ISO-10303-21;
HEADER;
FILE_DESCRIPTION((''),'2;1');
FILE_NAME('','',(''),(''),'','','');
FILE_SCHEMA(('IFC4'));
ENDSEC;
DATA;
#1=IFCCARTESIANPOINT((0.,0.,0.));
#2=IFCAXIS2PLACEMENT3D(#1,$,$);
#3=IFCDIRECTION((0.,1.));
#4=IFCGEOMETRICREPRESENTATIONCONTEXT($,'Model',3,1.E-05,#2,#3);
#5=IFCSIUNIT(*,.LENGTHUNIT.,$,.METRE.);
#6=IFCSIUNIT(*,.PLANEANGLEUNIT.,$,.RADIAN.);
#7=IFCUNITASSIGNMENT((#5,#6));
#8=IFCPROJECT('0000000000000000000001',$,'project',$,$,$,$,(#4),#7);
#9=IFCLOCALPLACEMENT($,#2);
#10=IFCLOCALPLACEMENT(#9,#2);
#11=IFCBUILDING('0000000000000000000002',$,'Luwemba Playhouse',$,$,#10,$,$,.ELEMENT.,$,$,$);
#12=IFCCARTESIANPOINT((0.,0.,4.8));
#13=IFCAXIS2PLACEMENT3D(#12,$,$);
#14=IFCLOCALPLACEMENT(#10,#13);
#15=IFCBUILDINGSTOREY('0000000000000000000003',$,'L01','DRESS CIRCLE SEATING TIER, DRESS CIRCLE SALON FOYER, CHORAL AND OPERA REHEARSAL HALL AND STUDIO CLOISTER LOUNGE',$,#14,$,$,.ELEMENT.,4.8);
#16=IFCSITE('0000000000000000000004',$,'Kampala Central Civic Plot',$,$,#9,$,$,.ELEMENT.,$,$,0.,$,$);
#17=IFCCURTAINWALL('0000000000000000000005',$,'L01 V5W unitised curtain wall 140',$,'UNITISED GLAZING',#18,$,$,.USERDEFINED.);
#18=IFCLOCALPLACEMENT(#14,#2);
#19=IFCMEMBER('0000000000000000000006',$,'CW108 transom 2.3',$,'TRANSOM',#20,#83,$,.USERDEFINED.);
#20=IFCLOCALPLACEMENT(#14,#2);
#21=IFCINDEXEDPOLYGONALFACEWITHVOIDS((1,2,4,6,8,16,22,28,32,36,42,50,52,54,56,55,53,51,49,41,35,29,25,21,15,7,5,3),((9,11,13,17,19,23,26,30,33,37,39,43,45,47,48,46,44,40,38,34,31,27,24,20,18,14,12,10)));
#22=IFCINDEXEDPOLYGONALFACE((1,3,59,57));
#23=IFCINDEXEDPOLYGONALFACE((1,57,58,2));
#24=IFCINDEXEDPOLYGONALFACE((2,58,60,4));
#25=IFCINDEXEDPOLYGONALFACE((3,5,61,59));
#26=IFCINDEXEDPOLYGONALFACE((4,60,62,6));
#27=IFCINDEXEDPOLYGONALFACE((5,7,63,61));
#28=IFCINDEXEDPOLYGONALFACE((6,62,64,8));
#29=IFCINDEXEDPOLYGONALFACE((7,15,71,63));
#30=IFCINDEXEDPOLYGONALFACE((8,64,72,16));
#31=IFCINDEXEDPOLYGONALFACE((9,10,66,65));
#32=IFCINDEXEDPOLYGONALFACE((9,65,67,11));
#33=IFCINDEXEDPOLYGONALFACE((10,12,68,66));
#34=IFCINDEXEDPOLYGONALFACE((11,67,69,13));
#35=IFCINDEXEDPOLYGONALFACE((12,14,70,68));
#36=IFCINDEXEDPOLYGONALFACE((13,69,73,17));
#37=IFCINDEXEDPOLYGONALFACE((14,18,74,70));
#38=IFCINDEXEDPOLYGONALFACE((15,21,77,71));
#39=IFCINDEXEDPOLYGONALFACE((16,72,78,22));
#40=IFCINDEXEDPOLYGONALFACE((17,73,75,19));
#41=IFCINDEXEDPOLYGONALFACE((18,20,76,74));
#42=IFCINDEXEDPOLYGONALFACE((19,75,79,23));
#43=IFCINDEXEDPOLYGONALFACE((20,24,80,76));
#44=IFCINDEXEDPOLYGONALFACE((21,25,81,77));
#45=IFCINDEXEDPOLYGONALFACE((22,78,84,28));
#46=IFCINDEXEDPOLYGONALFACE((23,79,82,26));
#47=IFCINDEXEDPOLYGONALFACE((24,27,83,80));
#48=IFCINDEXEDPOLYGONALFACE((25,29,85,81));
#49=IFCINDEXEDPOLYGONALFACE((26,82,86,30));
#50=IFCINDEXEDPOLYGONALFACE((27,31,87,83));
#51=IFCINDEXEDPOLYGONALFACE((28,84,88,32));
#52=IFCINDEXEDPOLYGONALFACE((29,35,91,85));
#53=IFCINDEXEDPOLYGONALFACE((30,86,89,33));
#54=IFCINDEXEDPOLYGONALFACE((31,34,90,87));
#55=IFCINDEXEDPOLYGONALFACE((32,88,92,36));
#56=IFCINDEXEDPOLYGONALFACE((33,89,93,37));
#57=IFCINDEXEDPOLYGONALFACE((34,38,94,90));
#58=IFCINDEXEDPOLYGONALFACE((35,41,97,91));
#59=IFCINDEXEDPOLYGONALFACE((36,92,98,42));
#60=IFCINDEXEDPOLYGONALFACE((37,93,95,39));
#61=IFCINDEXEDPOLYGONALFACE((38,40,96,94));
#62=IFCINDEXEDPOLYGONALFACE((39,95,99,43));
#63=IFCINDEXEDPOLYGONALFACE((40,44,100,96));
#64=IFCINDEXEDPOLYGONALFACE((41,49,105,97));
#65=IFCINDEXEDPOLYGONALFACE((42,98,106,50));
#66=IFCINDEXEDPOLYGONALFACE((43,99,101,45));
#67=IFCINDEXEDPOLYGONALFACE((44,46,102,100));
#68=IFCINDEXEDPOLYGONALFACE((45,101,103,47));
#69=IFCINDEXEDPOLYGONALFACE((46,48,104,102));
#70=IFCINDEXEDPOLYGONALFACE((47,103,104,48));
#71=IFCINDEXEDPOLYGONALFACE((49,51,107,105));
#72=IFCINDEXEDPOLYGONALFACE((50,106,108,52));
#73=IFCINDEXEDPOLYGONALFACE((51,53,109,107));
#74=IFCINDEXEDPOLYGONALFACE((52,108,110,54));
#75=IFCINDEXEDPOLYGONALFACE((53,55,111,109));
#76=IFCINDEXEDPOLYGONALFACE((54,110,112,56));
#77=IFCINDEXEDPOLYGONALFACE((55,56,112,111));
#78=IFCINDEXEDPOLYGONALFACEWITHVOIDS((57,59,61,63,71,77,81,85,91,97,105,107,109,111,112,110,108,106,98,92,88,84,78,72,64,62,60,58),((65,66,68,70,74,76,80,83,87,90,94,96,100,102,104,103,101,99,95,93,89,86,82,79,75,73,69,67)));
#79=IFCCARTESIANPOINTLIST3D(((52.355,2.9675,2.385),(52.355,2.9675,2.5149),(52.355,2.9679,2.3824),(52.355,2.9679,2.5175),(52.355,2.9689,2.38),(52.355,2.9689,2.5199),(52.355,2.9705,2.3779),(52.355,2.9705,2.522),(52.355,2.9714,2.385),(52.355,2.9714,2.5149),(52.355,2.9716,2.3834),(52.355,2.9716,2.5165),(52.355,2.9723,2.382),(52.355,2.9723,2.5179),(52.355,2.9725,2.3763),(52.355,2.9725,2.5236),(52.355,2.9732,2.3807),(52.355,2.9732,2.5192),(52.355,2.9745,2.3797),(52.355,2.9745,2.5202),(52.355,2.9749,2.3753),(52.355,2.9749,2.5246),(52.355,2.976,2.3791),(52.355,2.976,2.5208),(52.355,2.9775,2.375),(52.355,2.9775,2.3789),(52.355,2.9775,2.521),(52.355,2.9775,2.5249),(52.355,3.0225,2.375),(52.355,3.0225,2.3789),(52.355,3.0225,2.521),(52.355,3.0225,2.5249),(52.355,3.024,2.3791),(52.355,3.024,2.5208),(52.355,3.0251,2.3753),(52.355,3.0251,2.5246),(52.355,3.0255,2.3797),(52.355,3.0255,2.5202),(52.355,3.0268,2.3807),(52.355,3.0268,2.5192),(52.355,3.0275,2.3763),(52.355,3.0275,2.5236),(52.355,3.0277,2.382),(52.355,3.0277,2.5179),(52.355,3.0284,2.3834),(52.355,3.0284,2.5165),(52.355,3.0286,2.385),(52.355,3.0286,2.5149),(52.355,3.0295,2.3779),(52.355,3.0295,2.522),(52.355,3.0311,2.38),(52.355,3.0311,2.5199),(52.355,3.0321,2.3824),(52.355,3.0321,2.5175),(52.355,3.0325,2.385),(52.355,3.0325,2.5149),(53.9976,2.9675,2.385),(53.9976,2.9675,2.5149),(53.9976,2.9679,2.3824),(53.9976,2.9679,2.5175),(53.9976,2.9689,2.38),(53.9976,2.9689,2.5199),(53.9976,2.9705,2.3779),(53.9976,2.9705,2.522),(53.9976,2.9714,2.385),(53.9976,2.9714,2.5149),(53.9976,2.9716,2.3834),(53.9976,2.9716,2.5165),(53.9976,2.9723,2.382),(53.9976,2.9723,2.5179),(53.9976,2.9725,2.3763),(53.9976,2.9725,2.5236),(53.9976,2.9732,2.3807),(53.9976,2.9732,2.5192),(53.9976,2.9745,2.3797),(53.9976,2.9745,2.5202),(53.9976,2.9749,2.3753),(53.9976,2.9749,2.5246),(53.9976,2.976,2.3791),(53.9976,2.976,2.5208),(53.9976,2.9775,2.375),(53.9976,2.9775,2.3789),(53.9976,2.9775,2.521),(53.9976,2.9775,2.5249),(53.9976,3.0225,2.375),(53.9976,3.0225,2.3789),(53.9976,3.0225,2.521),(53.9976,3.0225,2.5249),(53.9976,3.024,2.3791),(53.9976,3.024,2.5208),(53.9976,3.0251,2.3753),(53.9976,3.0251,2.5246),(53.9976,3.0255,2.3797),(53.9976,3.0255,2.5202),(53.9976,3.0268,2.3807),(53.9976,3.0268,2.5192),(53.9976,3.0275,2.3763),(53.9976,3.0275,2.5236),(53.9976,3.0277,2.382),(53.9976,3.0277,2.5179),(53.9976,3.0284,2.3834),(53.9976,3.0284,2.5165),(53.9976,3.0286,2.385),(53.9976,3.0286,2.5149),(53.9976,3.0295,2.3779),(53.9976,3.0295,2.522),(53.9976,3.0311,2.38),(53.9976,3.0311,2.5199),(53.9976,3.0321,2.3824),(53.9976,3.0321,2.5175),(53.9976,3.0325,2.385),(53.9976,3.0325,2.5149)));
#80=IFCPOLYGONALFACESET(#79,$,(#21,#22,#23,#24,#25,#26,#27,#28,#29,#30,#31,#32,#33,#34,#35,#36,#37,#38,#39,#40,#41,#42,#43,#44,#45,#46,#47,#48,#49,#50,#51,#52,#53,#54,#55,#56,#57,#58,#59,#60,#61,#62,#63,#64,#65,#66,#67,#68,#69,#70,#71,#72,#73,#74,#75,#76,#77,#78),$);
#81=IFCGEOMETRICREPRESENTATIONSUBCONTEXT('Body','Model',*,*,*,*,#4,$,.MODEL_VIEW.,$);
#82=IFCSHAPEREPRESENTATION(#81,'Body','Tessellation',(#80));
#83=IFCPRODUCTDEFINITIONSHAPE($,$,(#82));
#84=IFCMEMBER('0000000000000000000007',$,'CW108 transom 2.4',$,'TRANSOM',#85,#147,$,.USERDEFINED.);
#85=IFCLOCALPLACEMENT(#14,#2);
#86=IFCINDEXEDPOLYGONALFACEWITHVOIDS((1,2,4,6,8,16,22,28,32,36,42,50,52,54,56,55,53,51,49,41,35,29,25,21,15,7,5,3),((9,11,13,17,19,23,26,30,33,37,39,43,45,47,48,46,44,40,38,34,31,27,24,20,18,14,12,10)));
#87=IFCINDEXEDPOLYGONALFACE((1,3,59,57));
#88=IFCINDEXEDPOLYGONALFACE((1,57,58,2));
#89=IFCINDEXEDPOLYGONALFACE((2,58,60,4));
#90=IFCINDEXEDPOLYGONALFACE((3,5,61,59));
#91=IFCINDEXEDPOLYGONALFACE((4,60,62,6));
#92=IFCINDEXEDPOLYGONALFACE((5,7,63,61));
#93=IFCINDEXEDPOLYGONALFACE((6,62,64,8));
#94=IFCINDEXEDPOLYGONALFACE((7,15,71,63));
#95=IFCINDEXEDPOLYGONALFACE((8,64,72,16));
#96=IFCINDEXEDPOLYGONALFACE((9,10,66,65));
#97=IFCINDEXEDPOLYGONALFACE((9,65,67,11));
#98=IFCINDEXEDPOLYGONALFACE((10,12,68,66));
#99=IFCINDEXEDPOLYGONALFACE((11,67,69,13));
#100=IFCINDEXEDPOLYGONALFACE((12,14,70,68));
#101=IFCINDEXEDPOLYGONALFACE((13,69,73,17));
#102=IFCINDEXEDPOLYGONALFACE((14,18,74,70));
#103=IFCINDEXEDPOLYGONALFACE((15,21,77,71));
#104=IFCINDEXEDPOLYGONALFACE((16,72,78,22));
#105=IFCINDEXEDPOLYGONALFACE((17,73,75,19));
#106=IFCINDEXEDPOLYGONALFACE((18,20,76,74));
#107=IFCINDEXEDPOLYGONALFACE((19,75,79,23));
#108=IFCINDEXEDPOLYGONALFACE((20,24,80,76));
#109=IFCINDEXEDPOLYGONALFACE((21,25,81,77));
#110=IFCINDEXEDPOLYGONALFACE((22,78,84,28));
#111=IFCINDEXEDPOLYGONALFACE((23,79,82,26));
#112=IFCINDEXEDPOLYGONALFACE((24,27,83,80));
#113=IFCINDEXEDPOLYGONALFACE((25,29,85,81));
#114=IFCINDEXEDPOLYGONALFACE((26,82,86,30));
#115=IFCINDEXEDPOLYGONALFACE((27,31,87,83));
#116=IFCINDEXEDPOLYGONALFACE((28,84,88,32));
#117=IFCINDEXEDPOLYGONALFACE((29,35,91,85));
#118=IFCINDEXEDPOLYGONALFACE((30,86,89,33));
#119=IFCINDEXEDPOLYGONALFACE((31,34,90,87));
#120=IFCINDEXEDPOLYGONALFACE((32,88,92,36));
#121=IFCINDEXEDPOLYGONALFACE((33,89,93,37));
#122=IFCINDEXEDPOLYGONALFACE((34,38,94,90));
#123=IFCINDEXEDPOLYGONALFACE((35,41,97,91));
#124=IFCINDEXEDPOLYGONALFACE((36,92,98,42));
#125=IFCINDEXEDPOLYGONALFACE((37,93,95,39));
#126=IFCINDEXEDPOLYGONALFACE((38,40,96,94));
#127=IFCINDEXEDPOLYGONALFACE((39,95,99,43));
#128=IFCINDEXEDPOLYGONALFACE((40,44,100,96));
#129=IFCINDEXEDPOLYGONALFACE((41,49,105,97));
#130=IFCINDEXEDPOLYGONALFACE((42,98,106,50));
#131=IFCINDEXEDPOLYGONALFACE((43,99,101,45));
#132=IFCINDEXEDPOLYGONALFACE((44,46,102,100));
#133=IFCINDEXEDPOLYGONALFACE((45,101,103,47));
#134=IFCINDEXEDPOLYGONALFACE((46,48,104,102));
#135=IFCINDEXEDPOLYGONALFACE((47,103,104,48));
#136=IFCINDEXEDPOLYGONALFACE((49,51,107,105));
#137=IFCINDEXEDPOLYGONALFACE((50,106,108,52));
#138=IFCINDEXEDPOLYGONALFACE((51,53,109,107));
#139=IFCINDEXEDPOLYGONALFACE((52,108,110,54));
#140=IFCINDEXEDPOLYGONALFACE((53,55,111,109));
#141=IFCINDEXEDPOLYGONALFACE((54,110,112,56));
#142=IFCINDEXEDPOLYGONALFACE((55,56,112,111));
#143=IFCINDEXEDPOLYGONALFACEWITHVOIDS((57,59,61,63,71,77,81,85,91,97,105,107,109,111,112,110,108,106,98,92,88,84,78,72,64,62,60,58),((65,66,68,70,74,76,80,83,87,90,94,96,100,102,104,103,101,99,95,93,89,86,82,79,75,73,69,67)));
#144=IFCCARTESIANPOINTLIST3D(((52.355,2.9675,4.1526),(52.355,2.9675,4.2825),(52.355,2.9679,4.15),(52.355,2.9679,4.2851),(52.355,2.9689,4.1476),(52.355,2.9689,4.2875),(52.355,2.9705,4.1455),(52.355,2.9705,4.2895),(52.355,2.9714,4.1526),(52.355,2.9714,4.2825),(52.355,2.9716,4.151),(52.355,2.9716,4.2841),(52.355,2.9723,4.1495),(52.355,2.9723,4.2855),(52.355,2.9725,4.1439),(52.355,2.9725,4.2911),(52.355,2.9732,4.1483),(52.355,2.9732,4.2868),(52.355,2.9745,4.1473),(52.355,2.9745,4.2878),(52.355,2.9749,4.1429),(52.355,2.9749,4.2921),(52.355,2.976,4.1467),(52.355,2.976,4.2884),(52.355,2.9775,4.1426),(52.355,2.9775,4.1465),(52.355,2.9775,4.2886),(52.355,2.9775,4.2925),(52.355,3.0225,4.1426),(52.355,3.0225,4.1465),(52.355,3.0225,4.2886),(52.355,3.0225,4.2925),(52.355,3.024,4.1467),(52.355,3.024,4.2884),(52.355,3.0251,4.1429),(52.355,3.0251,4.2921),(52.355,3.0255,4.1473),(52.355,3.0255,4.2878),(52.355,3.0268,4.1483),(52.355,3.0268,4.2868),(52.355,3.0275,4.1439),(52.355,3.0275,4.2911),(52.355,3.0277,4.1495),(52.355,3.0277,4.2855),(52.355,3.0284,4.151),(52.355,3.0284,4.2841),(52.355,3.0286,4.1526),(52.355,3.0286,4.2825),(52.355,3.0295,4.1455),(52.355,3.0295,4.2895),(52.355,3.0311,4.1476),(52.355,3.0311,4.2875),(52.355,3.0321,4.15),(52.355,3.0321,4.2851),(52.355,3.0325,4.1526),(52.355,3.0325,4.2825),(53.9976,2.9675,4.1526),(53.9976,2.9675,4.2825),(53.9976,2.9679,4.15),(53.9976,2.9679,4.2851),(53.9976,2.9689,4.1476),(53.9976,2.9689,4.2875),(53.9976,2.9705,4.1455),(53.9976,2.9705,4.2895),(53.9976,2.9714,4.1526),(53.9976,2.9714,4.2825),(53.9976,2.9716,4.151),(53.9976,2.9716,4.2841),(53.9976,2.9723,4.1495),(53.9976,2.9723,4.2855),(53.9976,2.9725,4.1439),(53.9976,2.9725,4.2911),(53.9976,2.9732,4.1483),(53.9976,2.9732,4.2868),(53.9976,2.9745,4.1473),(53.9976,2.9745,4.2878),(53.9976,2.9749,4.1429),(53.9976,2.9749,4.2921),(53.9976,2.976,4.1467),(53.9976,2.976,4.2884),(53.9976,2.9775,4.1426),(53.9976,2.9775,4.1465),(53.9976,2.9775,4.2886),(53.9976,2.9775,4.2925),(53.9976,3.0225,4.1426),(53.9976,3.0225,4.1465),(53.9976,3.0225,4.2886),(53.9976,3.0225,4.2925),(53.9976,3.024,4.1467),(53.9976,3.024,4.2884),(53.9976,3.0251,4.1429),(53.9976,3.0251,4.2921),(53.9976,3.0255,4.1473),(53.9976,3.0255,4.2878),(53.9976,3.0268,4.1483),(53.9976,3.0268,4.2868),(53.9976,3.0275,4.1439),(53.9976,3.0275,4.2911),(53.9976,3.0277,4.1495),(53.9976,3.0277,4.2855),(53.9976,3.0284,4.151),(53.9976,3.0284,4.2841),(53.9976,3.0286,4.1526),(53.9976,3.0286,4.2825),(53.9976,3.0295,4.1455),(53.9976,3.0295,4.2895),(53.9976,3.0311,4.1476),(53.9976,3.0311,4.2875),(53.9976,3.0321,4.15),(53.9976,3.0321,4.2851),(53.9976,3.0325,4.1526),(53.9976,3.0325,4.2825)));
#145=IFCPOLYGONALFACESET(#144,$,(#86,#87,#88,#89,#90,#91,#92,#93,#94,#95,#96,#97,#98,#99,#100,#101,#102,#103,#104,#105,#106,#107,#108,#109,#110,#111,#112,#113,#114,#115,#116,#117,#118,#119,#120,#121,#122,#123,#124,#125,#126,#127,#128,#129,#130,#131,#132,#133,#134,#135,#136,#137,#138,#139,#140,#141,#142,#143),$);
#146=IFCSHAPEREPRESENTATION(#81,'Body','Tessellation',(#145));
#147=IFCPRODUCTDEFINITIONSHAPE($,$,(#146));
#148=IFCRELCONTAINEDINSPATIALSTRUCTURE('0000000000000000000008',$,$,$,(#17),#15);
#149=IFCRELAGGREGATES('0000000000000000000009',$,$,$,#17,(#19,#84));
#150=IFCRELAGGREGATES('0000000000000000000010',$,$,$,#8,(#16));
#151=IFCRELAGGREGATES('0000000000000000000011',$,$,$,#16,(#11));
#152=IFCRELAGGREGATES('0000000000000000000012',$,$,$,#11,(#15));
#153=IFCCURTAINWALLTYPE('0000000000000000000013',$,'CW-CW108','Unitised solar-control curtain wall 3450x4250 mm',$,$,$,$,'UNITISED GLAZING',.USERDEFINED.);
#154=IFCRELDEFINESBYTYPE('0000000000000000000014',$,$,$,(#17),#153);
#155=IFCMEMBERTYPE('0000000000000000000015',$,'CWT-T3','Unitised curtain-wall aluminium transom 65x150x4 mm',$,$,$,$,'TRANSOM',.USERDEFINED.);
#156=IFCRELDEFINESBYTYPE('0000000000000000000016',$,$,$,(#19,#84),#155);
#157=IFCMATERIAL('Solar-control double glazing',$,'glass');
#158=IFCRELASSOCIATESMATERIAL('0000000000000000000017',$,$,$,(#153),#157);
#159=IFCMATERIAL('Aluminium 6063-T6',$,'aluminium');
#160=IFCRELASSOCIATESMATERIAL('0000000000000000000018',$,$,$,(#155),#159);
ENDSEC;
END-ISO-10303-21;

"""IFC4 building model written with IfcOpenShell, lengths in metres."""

from ifc_helpers import new_model, si_unit, direction, frame, origin, origin_2d, place, context, subcontext, project, spatial, hollow_rectangle, extrude, material, material_profile, profile_set, type_object, element, aggregate, save


model = new_model("IFC4")

# Units and contexts
model_context = context("Model", 3, precision=1e-05, world=origin(), true_north=direction((0.0, 1.0)))
body_context = subcontext(model_context, "Body", "Model", "MODEL_VIEW")
ifc_project = project(units=[si_unit("LENGTHUNIT", "METRE"), si_unit("PLANEANGLEUNIT", "RADIAN")], contexts=[model_context])

# Site, building, storey
site_placement = place(None, origin())
site = spatial("IfcSite", under=ifc_project, at=site_placement, Name="Kampala Central Civic Plot", CompositionType="ELEMENT", RefElevation=0.0)
building_placement = place(site_placement, origin())
building = spatial("IfcBuilding", under=site, at=building_placement, Name="Luwemba Playhouse", CompositionType="ELEMENT")
storey_placement = place(building_placement, frame((0.0, 0.0, 4.8)))
storey = spatial("IfcBuildingStorey", under=building, at=storey_placement, Name="L01", Description="DRESS CIRCLE SEATING TIER, DRESS CIRCLE SALON FOYER, CHORAL AND OPERA REHEARSAL HALL AND STUDIO CLOISTER LOUNGE", CompositionType="ELEMENT", Elevation=4.8)

# Shared definitions
ifc_material_1 = material(Name="Solar-control double glazing", Category="glass")
ifc_material_2 = material(Name="Aluminium 6063-T6", Category="aluminium")

# Curtain wall
curtain_wall_type_1 = type_object("IfcCurtainWallType", Name="CW-CW108", Description="Unitised solar-control curtain wall 3450x4250 mm", ElementType="UNITISED GLAZING", PredefinedType="USERDEFINED", material=ifc_material_1)
curtain_wall_1_placement = place(storey_placement, origin())
curtain_wall_1 = element("IfcCurtainWall", 1, at=curtain_wall_1_placement, inside=storey, type_object=curtain_wall_type_1, Name="L01 V5W unitised curtain wall 140", ObjectType="UNITISED GLAZING", PredefinedType="USERDEFINED")

# Members
ifc_material_profile_1 = material_profile(ifc_material_2, hollow_rectangle(XDim=0.0649, YDim=0.1499, WallThickness=0.0039, InnerFilletRadius=0.0061, OuterFilletRadius=0.01, at=origin_2d()))
ifc_profile_set_1 = profile_set([ifc_material_profile_1], Name="Aluminium 6063-T6")
member_type_1 = type_object("IfcMemberType", Name="CWT-T3", Description="Unitised curtain-wall aluminium transom 65x150x4 mm", ElementType="TRANSOM", PredefinedType="USERDEFINED", material=ifc_profile_set_1)
member_1_placement = place(storey_placement, frame((53.9976, 3.0, 2.45), z_axis=(-1.0, 0.0, 0.0), x_axis=(0.0, -1.0, 0.0)))
member_1 = element("IfcMember", 2, at=member_1_placement, type_object=member_type_1, Name="CW108 transom 2.3", ObjectType="TRANSOM", PredefinedType="USERDEFINED", context=body_context, shape_type="SweptSolid", body=[
    extrude(hollow_rectangle(XDim=0.0649, YDim=0.1499, WallThickness=0.0039, InnerFilletRadius=0.0061, OuterFilletRadius=0.01, at=origin_2d()), origin(), (0.0, 0.0, 1.0), 1.6426),
])
member_2_placement = place(storey_placement, frame((53.9976, 3.0, 4.2175), z_axis=(-1.0, 0.0, 0.0), x_axis=(0.0, -1.0, 0.0)))
member_2 = element("IfcMember", 3, at=member_2_placement, type_object=member_type_1, Name="CW108 transom 2.4", ObjectType="TRANSOM", PredefinedType="USERDEFINED", context=body_context, shape_type="SweptSolid", body=[
    extrude(hollow_rectangle(XDim=0.0649, YDim=0.1499, WallThickness=0.0039, InnerFilletRadius=0.0061, OuterFilletRadius=0.01, at=origin_2d()), origin(), (0.0, 0.0, 1.0), 1.6426),
])

aggregate(curtain_wall_1, [member_1, member_2])

save(model, "model.ifc")
